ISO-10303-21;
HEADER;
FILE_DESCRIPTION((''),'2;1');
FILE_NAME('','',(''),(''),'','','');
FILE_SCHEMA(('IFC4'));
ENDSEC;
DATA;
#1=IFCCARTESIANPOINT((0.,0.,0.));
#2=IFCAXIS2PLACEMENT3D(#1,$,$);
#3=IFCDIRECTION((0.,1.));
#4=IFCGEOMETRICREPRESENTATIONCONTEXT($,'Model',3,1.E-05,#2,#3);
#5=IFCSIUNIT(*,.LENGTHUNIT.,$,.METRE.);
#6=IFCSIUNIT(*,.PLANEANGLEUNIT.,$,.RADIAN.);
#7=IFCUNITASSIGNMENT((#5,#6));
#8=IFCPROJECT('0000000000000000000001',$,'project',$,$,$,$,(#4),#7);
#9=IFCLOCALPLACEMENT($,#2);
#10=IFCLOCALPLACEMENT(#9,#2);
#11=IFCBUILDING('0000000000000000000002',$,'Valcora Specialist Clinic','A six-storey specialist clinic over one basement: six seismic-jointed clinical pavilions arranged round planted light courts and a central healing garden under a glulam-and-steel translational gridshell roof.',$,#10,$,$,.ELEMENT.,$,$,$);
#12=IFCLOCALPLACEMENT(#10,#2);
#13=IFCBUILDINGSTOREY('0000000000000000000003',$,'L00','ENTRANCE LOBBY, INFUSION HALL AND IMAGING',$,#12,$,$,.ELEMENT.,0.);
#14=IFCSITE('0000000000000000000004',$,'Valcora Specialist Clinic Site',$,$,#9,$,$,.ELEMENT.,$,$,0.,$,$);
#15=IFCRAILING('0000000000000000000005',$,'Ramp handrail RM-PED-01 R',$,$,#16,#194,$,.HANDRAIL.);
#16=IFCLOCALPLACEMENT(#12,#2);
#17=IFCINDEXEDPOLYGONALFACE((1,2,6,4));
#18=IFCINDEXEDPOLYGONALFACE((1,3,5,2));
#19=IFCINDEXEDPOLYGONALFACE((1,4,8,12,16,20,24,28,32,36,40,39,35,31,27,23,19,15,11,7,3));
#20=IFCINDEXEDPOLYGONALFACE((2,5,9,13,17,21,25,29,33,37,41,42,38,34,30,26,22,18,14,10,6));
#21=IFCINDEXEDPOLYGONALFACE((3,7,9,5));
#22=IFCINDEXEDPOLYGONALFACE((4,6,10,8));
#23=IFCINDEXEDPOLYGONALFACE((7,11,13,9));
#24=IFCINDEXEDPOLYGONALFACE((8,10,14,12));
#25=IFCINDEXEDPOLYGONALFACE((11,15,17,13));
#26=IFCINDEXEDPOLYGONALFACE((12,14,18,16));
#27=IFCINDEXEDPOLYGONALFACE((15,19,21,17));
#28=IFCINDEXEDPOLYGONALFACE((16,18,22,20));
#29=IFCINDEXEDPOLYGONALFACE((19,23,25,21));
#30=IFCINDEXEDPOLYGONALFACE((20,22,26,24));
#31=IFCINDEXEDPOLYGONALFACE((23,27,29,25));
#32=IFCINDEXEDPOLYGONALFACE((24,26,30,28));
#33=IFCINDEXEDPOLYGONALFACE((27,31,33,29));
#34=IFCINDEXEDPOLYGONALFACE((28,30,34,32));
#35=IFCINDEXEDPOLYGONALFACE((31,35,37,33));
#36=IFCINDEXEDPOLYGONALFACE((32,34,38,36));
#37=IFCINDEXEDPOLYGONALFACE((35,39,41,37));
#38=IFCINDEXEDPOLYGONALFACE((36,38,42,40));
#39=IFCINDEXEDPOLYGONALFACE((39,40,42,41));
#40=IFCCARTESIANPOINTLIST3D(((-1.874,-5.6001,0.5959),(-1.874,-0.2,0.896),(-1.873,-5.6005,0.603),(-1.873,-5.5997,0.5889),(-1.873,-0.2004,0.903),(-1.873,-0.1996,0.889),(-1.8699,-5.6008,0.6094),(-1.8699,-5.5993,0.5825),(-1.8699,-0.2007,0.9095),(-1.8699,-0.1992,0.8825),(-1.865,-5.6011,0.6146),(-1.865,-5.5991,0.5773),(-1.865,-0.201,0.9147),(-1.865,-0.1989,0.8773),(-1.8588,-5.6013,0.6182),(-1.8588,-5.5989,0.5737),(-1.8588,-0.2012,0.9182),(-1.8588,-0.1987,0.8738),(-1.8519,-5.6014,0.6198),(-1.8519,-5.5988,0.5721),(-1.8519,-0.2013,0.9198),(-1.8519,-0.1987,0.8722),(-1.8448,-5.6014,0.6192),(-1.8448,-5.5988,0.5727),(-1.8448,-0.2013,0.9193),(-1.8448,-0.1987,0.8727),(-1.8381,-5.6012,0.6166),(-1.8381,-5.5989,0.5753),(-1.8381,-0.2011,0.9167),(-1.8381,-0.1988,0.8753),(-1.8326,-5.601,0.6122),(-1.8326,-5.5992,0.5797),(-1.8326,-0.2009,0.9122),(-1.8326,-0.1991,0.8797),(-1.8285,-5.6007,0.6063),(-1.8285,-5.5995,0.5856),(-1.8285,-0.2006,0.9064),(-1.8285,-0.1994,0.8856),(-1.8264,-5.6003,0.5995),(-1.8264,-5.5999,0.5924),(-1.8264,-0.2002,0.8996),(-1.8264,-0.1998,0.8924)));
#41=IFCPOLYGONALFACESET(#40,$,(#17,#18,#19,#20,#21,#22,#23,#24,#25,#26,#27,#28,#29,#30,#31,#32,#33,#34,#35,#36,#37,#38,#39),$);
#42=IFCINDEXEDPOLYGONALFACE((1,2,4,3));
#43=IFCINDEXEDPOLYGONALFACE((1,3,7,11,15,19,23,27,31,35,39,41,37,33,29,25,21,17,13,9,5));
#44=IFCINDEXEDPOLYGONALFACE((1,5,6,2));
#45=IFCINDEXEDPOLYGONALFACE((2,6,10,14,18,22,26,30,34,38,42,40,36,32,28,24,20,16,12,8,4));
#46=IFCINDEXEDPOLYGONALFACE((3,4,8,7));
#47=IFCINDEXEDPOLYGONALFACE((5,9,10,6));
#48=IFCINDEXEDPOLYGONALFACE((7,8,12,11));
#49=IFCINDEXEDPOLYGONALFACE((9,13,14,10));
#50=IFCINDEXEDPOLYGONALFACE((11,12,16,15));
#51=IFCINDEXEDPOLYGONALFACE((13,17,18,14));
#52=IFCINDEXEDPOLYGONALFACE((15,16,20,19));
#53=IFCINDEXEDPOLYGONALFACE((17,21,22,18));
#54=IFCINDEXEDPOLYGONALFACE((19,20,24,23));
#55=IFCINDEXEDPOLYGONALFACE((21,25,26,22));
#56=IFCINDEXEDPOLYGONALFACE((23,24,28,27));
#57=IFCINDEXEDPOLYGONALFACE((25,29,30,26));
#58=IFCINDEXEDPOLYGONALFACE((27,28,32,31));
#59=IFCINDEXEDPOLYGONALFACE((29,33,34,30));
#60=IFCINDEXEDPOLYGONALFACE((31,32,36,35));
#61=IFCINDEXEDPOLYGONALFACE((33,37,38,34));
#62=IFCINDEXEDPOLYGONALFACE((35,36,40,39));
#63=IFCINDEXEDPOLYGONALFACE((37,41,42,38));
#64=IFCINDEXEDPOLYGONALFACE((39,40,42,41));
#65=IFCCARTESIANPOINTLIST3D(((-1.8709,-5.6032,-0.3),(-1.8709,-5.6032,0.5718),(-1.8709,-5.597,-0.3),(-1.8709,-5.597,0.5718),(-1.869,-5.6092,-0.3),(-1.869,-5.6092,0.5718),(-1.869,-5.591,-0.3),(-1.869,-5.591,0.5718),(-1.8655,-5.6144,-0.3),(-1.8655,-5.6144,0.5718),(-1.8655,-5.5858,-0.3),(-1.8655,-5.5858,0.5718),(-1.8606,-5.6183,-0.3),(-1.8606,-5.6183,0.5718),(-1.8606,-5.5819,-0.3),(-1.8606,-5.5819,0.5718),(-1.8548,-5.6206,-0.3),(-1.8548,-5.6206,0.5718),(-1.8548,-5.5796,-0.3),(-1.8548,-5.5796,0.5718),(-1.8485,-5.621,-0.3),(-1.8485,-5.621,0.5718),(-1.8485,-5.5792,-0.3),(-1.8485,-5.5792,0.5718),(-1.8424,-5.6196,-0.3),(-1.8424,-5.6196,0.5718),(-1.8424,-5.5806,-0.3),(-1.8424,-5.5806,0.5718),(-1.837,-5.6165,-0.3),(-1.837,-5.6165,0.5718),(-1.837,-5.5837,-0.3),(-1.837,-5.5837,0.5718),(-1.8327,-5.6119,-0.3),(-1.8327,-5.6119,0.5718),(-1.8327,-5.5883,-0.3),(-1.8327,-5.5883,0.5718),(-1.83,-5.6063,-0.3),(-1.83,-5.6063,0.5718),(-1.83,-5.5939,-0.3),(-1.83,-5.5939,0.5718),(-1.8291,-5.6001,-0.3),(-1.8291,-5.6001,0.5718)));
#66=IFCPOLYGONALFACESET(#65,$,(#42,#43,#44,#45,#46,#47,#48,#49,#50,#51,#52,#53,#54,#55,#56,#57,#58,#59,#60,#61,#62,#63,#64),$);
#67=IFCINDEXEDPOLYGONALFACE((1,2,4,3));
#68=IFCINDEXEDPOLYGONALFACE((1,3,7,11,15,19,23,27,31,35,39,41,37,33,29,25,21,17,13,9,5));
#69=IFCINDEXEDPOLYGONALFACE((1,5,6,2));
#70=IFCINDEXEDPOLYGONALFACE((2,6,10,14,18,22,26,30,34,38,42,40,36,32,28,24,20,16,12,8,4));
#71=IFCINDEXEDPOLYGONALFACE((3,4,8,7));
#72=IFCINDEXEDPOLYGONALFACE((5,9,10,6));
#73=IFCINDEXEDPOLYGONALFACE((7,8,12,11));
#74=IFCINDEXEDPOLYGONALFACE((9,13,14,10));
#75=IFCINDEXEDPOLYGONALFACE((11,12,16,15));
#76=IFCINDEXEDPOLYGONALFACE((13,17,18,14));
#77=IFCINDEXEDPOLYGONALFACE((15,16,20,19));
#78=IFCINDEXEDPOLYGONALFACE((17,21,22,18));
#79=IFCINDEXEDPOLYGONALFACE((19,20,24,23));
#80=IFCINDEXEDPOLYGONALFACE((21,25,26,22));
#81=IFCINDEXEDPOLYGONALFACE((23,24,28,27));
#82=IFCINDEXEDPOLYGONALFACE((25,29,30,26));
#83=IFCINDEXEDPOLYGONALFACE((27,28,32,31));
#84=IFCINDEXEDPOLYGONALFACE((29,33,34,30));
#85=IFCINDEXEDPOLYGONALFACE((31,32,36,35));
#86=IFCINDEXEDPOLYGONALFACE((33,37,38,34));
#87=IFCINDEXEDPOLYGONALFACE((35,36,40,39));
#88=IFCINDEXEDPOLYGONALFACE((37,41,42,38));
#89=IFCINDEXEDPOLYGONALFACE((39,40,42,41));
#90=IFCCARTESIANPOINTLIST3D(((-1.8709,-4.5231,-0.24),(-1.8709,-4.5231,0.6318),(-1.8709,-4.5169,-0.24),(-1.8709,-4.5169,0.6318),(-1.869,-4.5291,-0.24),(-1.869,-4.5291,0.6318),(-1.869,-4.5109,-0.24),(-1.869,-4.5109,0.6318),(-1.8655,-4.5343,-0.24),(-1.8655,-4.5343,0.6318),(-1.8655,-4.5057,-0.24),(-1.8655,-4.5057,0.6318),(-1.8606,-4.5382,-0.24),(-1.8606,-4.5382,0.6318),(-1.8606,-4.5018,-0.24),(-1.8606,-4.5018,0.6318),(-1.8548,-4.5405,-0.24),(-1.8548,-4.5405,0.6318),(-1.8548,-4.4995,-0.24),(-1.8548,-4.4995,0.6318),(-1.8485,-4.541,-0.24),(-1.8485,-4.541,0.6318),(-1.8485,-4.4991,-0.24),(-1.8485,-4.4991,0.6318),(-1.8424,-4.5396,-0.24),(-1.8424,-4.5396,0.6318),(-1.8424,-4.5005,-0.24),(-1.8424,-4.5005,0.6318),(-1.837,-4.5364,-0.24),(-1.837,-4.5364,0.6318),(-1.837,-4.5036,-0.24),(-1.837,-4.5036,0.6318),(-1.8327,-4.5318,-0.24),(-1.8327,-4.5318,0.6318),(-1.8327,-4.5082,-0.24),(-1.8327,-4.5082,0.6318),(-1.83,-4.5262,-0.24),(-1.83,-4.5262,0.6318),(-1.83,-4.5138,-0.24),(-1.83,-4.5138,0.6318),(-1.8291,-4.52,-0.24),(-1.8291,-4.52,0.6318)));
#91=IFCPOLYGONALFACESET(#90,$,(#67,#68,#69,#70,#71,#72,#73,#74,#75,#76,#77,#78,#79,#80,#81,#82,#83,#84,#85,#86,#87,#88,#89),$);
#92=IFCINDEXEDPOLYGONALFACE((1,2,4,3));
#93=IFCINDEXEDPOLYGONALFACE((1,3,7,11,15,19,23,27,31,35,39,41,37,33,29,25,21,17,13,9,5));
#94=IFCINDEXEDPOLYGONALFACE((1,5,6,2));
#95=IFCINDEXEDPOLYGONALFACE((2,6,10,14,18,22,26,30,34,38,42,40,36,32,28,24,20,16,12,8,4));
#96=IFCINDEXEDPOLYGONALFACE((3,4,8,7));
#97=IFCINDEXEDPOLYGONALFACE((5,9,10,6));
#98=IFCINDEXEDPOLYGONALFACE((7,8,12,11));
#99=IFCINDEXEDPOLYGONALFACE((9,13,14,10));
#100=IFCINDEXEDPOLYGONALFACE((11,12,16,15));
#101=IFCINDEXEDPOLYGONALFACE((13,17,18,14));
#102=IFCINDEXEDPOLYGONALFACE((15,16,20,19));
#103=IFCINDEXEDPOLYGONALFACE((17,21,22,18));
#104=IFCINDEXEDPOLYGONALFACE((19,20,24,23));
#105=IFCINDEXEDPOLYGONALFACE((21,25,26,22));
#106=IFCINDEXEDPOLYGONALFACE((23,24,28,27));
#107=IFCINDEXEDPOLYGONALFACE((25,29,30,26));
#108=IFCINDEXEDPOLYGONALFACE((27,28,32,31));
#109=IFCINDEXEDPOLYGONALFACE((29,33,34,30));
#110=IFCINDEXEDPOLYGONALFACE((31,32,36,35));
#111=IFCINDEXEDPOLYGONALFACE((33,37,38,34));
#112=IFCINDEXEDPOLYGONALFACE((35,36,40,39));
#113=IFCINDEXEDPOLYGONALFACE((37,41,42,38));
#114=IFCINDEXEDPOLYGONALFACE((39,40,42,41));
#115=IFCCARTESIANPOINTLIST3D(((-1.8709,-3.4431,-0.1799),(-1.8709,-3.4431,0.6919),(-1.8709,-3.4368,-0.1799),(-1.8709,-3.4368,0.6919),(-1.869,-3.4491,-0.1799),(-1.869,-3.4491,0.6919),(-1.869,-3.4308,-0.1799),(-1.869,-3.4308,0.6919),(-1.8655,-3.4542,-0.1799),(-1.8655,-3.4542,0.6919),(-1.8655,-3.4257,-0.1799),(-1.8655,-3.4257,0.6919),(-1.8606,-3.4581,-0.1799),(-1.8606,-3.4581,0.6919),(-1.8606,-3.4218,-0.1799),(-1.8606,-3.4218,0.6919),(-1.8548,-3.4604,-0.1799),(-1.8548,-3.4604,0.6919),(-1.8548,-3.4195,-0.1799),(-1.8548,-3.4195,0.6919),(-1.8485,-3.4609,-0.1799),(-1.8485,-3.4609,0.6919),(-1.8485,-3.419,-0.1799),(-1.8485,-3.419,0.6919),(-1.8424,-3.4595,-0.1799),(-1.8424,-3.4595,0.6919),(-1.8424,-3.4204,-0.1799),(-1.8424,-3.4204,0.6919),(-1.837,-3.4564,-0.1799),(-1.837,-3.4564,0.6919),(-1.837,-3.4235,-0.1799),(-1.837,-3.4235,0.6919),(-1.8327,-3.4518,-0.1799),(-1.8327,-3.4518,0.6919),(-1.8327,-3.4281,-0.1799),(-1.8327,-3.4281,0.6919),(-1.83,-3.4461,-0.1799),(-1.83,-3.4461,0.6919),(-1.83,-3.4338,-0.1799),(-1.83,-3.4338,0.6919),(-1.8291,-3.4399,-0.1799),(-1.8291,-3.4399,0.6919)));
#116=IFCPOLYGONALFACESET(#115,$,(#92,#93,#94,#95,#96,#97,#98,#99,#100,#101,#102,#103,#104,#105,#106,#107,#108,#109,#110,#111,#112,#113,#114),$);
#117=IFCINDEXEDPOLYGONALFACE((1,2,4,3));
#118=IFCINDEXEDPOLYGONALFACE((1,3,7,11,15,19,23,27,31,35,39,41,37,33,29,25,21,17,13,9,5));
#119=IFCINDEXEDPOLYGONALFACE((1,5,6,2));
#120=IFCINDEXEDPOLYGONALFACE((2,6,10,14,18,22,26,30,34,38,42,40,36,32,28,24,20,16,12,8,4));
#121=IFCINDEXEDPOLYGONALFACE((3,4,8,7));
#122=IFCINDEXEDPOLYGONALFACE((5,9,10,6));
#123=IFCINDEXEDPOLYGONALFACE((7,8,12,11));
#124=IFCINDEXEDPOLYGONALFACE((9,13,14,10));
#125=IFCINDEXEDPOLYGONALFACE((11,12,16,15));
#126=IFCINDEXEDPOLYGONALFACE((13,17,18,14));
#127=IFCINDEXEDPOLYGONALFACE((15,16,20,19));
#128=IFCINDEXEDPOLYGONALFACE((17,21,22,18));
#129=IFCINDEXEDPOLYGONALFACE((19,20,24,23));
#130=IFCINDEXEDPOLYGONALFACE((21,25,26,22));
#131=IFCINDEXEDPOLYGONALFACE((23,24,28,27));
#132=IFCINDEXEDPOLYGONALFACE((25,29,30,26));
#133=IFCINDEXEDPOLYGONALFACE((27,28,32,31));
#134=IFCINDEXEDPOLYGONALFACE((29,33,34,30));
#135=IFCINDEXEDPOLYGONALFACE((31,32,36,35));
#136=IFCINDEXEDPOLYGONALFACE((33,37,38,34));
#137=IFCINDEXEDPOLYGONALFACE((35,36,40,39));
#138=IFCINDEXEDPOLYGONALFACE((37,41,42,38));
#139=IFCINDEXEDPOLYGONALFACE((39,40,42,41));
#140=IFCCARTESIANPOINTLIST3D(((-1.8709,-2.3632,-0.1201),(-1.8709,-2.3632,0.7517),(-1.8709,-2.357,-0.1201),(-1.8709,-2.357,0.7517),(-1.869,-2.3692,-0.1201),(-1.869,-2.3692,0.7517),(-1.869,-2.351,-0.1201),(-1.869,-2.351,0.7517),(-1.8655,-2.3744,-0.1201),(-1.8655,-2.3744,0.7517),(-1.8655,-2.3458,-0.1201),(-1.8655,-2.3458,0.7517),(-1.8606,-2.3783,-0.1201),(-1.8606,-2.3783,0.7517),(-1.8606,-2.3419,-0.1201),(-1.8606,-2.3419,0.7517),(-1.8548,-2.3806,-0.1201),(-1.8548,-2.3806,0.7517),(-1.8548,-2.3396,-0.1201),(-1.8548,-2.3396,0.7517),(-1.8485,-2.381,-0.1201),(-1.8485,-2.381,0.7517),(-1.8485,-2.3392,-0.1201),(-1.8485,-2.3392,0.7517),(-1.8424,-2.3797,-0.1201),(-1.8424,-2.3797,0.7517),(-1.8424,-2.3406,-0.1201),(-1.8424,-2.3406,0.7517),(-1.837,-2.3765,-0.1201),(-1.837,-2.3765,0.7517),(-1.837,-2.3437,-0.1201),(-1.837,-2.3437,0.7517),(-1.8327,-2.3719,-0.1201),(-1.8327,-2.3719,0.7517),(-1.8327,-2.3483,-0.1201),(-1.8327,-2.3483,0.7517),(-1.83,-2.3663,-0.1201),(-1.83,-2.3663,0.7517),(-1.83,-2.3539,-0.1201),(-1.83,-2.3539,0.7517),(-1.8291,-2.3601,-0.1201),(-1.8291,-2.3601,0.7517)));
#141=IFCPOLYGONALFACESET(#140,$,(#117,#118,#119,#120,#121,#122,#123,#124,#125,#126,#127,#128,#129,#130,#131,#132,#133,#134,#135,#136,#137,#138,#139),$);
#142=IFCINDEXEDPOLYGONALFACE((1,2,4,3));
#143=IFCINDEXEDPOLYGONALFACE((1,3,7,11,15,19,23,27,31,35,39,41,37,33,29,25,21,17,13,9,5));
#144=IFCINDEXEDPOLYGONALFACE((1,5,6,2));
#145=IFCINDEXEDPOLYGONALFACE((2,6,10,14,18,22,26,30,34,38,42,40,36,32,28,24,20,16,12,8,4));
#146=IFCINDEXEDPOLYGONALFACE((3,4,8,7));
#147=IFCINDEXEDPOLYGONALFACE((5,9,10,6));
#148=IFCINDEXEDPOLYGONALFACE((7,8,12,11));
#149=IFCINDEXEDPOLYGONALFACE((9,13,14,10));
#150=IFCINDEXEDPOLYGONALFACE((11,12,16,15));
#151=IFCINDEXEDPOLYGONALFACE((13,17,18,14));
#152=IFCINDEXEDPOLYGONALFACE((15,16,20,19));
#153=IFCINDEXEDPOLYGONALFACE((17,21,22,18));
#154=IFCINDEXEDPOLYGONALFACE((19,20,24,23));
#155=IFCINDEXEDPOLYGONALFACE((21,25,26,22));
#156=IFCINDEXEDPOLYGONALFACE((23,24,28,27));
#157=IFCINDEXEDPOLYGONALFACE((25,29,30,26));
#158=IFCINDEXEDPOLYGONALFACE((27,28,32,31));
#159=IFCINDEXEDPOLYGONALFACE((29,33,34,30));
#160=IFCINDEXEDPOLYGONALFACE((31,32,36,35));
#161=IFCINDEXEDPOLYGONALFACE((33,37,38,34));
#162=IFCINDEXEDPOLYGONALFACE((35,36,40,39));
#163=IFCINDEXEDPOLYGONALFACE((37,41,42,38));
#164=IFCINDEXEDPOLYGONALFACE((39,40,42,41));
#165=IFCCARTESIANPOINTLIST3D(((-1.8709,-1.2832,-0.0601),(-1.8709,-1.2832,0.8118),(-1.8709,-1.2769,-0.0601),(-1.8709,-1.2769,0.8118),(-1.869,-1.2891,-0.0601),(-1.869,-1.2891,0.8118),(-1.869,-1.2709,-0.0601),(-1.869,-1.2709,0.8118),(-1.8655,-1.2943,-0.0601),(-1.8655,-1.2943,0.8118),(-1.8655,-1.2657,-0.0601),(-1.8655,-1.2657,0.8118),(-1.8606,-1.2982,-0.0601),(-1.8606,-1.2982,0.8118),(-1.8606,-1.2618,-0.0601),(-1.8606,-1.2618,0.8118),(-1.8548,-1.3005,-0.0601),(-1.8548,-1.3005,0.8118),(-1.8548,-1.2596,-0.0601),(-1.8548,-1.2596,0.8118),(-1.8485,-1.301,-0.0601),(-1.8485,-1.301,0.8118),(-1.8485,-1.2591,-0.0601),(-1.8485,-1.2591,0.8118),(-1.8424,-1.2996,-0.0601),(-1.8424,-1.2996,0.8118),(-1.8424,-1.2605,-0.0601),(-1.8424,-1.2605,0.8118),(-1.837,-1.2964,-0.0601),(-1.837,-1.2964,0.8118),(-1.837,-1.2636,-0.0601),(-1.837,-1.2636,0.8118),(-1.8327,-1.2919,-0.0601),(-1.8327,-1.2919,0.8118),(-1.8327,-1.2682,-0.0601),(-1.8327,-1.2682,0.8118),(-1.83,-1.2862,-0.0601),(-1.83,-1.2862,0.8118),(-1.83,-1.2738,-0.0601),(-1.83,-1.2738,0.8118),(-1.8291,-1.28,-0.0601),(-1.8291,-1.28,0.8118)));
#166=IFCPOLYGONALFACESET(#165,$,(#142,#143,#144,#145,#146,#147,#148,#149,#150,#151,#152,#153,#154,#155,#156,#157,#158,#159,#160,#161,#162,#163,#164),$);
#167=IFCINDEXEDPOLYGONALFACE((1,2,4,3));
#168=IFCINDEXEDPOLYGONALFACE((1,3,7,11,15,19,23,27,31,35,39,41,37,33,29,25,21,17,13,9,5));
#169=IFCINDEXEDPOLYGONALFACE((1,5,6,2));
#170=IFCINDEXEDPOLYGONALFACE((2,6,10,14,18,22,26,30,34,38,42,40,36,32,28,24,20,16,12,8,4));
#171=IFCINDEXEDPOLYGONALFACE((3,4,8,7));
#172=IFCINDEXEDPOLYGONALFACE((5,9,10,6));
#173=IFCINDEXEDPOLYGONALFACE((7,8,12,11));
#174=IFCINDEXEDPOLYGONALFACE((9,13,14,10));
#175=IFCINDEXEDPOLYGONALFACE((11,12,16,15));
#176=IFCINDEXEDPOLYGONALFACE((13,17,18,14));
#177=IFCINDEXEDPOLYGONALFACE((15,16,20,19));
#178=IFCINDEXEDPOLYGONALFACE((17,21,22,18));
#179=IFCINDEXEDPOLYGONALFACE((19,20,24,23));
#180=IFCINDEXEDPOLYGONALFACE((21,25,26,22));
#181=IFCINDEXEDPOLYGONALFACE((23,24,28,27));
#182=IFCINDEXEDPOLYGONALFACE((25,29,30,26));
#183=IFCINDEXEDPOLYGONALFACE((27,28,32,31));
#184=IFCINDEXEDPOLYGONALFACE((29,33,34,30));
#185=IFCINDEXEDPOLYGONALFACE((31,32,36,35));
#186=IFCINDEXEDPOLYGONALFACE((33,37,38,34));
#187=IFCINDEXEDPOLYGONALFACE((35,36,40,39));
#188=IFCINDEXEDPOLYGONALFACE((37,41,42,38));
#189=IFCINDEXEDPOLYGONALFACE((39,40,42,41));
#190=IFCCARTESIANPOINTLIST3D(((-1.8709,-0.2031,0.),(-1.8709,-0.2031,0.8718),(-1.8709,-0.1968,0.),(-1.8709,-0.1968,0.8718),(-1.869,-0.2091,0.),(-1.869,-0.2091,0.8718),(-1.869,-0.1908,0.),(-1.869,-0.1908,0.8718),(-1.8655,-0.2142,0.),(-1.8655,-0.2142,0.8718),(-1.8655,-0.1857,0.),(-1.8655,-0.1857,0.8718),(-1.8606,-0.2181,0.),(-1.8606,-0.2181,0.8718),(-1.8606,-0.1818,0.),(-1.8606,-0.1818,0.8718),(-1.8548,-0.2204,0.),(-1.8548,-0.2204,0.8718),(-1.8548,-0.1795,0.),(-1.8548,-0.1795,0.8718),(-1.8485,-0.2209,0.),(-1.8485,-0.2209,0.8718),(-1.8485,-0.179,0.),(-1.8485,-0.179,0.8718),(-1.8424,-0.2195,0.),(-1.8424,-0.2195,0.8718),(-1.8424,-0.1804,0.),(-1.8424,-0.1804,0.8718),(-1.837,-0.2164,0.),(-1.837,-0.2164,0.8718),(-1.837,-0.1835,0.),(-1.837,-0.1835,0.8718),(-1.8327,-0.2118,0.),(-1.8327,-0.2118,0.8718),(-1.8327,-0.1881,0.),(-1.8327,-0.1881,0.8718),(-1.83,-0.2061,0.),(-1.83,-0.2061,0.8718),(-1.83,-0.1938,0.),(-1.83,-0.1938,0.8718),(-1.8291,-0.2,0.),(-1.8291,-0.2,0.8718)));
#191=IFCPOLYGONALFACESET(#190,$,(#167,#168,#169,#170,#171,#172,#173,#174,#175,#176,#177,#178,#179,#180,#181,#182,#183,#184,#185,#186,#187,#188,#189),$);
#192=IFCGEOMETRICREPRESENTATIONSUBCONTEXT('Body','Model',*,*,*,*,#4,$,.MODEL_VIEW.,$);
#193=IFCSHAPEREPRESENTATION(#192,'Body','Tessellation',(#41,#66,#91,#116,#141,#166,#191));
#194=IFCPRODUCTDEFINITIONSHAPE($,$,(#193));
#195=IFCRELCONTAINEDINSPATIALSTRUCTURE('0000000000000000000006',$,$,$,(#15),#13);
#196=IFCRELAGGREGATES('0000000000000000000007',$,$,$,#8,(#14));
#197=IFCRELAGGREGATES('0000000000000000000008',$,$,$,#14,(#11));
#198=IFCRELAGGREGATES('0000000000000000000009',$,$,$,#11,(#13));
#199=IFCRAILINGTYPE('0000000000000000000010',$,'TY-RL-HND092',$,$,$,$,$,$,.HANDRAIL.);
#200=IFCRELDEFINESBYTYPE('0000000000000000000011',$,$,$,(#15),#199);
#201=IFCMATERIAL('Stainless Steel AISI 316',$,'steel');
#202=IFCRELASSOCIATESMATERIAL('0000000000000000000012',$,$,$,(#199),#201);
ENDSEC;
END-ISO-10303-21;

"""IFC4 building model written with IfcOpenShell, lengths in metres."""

from ifc_helpers import new_model, si_unit, direction, frame, origin, origin_2d, place, context, subcontext, project, spatial, circle, extrude, material, type_object, element, save


model = new_model("IFC4")

# Units and contexts
model_context = context("Model", 3, precision=1e-05, world=origin(), true_north=direction((0.0, 1.0)))
body_context = subcontext(model_context, "Body", "Model", "MODEL_VIEW")
ifc_project = project(units=[si_unit("LENGTHUNIT", "METRE"), si_unit("PLANEANGLEUNIT", "RADIAN")], contexts=[model_context])

# Site, building, storey
site_placement = place(None, origin())
site = spatial("IfcSite", under=ifc_project, at=site_placement, Name="Valcora Specialist Clinic Site", CompositionType="ELEMENT", RefElevation=0.0)
building_placement = place(site_placement, origin())
building = spatial("IfcBuilding", under=site, at=building_placement, Name="Valcora Specialist Clinic", Description="A six-storey specialist clinic over one basement: six seismic-jointed clinical pavilions arranged round planted light courts and a central healing garden under a glulam-and-steel translational gridshell roof.", CompositionType="ELEMENT")
storey_placement = place(building_placement, origin())
storey = spatial("IfcBuildingStorey", under=building, at=storey_placement, Name="L00", Description="ENTRANCE LOBBY, INFUSION HALL AND IMAGING", CompositionType="ELEMENT", Elevation=0.0)

# Railing
ifc_material_1 = material(Name="Stainless Steel AISI 316", Category="steel")
railing_type = type_object("IfcRailingType", Name="TY-RL-HND092", PredefinedType="HANDRAIL", material=ifc_material_1)
for number, where, name in (
    (1, (-1.8501, -5.6001, -0.3), "Ramp handrail RM-PED-01 R"),
):
    element("IfcRailing", number, at=place(storey_placement, frame(where)), inside=storey, type_object=railing_type, Name=name, PredefinedType="HANDRAIL", context=body_context, shape_type="SweptSolid", body=[
        extrude(circle(Radius=0.0239, at=origin_2d()), frame((0.0, 0.0, 0.896), z_axis=(0.0, 0.99846, 0.055478), x_axis=(-1.0, 0.0, 0.0)), (0.0, 0.0, 1.0), 5.4084),
        extrude(circle(Radius=0.021, at=origin_2d()), origin(), (0.0, 0.0, 1.0), 0.8718),
        extrude(circle(Radius=0.021, at=origin_2d()), frame((0.0, 1.0801, 0.0601)), (0.0, 0.0, 1.0), 0.8718),
        extrude(circle(Radius=0.021, at=origin_2d()), frame((0.0, 2.1602, 0.1201)), (0.0, 0.0, 1.0), 0.8718),
        extrude(circle(Radius=0.021, at=origin_2d()), frame((0.0, 3.24, 0.1799)), (0.0, 0.0, 1.0), 0.8718),
        extrude(circle(Radius=0.021, at=origin_2d()), frame((0.0, 4.3201, 0.24)), (0.0, 0.0, 1.0), 0.8718),
        extrude(circle(Radius=0.021, at=origin_2d()), frame((0.0, 5.4001, 0.3)), (0.0, 0.0, 1.0), 0.8718),
    ])

save(model, "model.ifc")
